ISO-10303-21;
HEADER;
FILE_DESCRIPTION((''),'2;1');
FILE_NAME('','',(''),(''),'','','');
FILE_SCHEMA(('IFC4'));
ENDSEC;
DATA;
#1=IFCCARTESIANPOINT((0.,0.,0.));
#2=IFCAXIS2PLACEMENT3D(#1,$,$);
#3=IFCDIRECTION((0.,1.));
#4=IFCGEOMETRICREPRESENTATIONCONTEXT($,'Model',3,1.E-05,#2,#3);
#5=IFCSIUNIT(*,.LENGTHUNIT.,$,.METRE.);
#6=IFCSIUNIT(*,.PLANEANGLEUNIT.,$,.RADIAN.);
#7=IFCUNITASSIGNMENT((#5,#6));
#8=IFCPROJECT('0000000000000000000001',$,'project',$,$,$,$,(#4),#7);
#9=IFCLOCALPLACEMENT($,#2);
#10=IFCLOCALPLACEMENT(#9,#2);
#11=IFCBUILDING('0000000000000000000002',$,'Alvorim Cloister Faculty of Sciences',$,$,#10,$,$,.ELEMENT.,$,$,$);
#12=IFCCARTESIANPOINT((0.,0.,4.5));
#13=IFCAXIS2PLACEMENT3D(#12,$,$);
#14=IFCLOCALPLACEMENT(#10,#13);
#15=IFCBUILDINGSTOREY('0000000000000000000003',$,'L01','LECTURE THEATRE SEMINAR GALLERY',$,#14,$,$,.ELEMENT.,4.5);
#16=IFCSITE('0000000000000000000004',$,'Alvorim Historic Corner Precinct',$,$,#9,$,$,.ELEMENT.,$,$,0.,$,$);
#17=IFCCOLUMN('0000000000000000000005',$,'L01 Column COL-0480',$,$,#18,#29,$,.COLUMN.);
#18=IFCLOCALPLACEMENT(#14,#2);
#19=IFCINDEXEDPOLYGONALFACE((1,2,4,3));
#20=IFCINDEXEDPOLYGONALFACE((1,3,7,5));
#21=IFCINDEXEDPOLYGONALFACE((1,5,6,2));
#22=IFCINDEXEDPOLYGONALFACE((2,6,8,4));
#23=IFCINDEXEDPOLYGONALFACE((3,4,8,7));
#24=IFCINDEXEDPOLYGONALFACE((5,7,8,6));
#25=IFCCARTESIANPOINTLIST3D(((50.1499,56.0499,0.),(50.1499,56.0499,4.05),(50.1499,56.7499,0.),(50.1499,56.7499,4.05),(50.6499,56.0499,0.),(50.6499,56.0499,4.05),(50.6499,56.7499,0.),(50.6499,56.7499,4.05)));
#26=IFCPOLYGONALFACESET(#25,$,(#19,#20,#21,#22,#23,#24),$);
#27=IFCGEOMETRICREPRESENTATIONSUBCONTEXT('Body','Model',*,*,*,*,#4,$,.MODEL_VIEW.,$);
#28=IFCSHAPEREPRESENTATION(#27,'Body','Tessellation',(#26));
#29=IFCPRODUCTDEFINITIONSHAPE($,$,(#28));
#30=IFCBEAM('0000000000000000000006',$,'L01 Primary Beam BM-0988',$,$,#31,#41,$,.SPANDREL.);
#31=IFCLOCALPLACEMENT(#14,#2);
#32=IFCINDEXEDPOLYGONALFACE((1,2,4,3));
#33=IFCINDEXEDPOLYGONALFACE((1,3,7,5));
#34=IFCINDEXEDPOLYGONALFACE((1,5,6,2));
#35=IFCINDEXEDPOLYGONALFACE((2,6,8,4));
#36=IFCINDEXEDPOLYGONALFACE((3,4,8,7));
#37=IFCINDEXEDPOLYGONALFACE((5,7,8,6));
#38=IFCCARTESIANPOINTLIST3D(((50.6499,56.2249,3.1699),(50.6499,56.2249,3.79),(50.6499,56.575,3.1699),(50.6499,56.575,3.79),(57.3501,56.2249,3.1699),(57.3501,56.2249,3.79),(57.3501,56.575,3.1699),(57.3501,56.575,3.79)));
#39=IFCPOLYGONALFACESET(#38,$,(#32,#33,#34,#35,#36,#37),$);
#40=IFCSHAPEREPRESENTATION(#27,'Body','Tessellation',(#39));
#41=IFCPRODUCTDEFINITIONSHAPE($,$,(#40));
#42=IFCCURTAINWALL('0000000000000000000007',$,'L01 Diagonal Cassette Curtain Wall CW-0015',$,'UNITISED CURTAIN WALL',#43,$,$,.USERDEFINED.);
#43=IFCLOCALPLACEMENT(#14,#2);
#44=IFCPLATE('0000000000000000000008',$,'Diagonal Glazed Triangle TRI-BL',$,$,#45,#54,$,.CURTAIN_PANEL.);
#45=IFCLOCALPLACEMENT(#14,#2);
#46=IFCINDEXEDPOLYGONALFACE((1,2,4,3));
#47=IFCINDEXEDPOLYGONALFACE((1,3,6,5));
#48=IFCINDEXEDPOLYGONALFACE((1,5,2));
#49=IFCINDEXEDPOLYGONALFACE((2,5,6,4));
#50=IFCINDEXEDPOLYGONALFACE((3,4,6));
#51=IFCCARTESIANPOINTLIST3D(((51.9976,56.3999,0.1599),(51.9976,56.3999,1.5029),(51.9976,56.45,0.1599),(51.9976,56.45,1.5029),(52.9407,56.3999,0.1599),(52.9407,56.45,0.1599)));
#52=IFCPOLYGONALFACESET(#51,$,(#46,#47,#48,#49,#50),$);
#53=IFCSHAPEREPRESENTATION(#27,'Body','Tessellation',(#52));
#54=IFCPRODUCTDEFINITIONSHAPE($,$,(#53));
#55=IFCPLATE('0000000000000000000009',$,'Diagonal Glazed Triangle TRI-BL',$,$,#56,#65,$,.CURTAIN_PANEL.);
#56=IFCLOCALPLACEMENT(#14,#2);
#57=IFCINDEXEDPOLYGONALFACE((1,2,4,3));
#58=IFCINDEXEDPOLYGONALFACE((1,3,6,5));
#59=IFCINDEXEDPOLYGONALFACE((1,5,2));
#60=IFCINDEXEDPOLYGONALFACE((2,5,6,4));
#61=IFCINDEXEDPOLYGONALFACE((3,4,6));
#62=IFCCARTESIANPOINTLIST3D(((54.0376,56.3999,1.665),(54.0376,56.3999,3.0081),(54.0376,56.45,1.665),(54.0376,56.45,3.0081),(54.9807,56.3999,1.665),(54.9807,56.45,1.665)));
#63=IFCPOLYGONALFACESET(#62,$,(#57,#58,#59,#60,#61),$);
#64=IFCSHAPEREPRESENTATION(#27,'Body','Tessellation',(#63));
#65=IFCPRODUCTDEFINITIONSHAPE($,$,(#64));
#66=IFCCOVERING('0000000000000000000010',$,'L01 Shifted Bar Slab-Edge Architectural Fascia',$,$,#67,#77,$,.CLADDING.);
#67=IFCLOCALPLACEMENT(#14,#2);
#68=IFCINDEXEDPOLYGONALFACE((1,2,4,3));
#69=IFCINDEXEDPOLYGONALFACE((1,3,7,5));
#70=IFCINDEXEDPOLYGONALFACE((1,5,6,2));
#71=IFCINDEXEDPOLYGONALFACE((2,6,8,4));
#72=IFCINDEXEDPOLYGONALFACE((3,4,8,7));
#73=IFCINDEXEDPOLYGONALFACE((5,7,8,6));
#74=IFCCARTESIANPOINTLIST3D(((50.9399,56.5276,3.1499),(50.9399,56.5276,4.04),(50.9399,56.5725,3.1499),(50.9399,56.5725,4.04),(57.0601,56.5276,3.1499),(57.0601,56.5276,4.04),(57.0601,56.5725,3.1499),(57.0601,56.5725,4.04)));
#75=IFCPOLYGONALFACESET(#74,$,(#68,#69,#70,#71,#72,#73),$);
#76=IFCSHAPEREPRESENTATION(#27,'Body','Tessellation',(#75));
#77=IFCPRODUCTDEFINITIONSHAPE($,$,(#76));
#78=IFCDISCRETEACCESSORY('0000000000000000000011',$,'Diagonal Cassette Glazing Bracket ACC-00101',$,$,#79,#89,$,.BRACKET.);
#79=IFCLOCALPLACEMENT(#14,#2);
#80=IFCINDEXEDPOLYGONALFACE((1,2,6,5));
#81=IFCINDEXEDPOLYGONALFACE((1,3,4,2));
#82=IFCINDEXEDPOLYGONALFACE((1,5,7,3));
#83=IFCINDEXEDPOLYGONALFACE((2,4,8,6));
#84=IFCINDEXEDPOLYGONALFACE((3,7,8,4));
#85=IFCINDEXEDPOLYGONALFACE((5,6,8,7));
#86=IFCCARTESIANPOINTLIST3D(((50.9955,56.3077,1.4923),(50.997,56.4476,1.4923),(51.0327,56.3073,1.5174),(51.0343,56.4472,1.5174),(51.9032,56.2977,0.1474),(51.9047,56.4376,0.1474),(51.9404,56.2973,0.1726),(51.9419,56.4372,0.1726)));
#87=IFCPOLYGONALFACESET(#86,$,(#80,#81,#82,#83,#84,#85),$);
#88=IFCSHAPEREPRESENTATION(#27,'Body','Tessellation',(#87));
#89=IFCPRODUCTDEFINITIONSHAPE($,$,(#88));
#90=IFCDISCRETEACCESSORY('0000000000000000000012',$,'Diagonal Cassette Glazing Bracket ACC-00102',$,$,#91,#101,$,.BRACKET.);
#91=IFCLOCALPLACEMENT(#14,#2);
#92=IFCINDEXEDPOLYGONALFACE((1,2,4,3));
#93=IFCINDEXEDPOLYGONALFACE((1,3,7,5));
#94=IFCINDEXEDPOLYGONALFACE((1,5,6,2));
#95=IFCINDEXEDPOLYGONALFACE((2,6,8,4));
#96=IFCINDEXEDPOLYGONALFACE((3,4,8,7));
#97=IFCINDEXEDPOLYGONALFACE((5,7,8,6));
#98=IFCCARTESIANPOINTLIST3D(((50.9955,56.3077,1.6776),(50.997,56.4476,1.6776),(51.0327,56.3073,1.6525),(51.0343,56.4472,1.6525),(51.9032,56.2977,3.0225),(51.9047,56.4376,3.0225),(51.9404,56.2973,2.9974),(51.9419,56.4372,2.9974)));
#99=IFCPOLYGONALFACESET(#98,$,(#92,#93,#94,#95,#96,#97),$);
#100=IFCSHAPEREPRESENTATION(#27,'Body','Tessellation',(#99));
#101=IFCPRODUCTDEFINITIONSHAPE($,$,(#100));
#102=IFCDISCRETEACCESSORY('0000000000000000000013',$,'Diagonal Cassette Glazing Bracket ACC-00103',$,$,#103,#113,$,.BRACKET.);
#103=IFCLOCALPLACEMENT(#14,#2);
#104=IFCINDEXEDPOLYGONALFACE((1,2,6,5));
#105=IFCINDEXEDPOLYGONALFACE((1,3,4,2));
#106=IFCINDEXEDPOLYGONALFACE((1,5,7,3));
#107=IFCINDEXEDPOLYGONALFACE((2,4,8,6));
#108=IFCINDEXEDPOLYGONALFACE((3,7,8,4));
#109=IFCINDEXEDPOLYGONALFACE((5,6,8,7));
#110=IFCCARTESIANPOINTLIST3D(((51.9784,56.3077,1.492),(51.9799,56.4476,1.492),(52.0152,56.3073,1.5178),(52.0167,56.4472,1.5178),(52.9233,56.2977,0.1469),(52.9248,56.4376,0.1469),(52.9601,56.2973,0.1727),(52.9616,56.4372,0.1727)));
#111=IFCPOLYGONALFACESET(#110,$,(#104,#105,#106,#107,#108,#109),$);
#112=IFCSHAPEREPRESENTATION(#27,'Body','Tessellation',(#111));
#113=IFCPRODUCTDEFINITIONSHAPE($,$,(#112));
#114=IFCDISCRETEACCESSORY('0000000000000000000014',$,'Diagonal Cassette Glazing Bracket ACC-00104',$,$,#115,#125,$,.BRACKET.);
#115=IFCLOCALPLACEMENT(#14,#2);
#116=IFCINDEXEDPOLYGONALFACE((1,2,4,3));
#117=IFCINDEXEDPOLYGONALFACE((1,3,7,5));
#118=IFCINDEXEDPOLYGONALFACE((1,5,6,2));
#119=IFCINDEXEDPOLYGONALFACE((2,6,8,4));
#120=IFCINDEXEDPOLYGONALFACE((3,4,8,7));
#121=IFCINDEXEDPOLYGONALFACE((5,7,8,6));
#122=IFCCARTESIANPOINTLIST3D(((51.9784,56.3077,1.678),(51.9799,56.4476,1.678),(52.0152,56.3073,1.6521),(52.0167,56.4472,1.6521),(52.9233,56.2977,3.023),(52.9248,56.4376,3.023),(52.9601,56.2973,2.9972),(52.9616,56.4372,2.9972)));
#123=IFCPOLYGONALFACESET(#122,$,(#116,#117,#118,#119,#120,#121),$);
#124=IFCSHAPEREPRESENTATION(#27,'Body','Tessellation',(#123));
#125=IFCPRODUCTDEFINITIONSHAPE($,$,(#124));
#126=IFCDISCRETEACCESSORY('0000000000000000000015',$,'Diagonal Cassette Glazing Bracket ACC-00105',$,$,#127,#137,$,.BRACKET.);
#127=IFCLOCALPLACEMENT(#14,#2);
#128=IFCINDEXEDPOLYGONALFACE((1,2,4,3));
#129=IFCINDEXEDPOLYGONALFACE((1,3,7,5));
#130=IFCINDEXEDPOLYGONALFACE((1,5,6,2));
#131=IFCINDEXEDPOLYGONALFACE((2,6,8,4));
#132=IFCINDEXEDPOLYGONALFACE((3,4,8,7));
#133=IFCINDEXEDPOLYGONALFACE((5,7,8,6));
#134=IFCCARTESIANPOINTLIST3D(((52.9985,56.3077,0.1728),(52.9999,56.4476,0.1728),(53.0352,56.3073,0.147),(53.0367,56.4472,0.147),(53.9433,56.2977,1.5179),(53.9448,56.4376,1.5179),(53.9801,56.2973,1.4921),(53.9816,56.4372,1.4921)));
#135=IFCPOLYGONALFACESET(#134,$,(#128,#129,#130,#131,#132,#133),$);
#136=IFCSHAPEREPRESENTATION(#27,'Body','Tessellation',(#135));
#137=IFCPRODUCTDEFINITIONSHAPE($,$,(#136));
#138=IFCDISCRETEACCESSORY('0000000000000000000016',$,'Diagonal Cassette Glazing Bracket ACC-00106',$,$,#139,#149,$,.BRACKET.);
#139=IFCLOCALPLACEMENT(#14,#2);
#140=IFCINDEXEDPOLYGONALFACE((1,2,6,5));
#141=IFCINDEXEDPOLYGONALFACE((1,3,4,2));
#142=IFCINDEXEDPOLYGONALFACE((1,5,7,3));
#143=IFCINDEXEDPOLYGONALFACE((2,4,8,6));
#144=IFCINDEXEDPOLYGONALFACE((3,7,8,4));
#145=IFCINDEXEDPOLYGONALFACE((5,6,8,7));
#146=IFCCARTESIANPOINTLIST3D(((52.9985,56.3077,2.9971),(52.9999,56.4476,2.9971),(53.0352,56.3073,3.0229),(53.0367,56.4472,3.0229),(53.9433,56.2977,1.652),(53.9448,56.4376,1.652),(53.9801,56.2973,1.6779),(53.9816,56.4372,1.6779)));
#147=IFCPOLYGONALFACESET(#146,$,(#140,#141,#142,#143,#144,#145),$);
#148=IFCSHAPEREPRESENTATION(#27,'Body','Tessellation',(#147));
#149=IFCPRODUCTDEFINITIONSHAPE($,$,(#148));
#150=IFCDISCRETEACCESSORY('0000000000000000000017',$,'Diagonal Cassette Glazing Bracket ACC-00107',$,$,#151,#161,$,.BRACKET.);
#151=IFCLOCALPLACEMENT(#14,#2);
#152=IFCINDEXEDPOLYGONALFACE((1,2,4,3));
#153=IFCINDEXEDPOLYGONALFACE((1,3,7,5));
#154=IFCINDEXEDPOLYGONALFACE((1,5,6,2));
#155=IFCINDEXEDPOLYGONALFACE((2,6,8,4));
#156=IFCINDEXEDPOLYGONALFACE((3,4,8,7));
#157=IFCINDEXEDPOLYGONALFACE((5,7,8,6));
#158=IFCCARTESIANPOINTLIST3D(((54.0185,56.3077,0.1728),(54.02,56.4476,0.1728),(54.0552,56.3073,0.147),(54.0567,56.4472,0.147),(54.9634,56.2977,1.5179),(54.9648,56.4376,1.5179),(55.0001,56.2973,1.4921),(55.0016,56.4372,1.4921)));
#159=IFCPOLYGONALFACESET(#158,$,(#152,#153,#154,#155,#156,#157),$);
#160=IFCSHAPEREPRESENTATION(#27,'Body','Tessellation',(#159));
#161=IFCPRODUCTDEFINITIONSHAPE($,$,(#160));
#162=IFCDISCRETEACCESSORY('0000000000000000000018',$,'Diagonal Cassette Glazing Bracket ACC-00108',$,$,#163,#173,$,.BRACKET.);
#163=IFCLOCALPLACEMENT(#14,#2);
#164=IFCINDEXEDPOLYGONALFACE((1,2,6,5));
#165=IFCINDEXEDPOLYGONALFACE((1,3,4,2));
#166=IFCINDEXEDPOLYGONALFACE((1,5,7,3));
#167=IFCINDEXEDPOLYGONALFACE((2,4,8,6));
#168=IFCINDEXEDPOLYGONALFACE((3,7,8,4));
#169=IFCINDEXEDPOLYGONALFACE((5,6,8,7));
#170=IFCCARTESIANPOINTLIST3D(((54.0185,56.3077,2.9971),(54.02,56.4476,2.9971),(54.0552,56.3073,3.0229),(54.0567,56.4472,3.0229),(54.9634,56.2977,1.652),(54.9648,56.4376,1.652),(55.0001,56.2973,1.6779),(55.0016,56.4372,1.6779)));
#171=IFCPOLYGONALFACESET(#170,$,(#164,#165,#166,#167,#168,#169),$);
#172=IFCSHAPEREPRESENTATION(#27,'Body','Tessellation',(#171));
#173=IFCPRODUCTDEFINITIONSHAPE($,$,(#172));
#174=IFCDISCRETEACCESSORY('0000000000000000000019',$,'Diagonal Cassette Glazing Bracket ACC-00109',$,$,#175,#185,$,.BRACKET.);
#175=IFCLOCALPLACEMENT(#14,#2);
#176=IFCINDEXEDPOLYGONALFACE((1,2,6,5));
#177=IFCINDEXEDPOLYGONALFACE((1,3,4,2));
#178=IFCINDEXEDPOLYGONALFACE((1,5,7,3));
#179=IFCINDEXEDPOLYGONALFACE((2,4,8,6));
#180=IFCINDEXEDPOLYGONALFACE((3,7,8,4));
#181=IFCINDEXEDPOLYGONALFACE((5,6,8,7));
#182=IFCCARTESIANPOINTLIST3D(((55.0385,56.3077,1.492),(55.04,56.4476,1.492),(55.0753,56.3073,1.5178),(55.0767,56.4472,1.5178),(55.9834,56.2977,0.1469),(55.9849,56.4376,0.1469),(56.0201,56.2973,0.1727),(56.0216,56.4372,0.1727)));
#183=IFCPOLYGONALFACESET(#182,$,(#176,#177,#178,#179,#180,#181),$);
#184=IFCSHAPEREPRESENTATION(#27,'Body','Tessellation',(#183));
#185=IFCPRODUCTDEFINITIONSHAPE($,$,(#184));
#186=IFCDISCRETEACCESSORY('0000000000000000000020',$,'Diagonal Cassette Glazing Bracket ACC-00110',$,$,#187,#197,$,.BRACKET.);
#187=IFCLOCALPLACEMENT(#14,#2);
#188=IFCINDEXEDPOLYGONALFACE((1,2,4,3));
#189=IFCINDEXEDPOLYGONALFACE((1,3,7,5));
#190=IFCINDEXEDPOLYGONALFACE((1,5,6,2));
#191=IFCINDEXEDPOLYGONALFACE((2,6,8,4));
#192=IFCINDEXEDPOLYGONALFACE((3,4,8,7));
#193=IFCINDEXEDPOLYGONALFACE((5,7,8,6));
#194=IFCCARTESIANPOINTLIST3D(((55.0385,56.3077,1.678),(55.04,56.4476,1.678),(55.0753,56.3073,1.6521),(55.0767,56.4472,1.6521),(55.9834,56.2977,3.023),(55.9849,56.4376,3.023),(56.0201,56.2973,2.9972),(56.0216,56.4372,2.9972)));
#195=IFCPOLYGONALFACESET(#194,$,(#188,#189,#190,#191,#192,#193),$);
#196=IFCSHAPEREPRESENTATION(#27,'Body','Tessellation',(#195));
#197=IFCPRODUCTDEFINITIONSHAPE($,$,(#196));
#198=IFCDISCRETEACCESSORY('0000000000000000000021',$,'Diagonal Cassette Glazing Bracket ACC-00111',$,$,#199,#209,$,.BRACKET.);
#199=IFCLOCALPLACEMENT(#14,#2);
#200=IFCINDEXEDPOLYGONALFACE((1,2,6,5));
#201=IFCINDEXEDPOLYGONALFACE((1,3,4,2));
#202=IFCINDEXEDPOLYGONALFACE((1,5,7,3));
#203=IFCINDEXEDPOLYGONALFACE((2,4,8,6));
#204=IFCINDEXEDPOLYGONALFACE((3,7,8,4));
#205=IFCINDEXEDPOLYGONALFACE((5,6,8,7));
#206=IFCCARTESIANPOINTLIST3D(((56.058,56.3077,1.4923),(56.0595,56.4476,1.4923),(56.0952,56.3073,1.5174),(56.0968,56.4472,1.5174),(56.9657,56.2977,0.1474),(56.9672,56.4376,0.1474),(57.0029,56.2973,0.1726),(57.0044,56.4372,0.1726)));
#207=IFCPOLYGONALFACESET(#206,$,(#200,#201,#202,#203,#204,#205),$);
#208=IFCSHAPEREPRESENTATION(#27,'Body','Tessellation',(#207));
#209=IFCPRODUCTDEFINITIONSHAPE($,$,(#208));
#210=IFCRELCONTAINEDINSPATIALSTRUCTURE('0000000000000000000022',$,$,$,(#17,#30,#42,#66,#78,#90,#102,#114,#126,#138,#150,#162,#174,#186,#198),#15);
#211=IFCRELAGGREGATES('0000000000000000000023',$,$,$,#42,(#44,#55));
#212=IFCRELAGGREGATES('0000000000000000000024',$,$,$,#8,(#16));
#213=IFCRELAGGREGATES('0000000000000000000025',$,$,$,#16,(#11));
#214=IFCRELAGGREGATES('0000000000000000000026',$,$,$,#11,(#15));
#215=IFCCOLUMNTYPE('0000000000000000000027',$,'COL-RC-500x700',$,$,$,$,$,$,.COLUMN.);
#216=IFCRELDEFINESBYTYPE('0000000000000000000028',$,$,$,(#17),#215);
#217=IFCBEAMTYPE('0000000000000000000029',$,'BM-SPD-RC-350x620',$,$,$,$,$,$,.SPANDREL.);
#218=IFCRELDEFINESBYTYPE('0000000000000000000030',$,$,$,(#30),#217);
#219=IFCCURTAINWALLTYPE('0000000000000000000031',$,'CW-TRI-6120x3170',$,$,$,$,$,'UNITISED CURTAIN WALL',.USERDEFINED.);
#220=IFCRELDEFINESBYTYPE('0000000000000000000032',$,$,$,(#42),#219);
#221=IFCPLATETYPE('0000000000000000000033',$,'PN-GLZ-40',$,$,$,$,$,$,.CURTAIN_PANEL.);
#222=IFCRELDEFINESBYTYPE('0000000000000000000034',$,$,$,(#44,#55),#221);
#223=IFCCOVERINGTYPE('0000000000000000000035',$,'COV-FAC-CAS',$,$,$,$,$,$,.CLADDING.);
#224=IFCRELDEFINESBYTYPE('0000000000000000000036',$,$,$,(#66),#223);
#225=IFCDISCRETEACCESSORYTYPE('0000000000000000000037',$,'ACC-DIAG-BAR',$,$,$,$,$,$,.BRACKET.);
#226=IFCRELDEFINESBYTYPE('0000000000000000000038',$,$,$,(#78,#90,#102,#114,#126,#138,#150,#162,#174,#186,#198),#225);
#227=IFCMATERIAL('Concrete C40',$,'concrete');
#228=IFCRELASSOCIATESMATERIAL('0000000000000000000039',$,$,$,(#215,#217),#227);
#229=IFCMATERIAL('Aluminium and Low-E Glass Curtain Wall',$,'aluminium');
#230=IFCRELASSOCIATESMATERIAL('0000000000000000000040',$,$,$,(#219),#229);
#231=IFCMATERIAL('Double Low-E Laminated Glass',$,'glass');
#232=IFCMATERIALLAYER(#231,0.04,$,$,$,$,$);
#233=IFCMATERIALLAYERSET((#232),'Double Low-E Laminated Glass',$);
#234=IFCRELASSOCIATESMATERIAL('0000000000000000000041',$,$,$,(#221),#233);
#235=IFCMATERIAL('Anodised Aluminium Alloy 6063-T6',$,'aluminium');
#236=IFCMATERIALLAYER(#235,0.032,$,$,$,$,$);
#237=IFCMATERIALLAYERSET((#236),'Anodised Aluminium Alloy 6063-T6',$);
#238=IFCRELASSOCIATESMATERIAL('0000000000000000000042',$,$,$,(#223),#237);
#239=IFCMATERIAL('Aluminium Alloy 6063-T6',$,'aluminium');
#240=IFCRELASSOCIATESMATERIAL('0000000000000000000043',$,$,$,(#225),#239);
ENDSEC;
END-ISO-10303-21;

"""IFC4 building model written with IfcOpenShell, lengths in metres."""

from ifc_helpers import new_model, si_unit, direction, frame, origin, origin_2d, place, context, subcontext, project, spatial, polyline, rectangle, outline, extrude, material, layer, layer_set, material_profile, profile_set, type_object, element, aggregate, save


model = new_model("IFC4")

# Units and contexts
model_context = context("Model", 3, precision=1e-05, world=origin(), true_north=direction((0.0, 1.0)))
body_context = subcontext(model_context, "Body", "Model", "MODEL_VIEW")
ifc_project = project(units=[si_unit("LENGTHUNIT", "METRE"), si_unit("PLANEANGLEUNIT", "RADIAN")], contexts=[model_context])

# Site, building, storey
site_placement = place(None, origin())
site = spatial("IfcSite", under=ifc_project, at=site_placement, Name="Alvorim Historic Corner Precinct", CompositionType="ELEMENT", RefElevation=0.0)
building_placement = place(site_placement, origin())
building = spatial("IfcBuilding", under=site, at=building_placement, Name="Alvorim Cloister Faculty of Sciences", CompositionType="ELEMENT")
storey_placement = place(building_placement, frame((0.0, 0.0, 4.5)))
storey = spatial("IfcBuildingStorey", under=building, at=storey_placement, Name="L01", Description="LECTURE THEATRE SEMINAR GALLERY", CompositionType="ELEMENT", Elevation=4.5)

# Column
ifc_material_1 = material(Name="Concrete C40", Category="concrete")
ifc_material_profile_1 = material_profile(ifc_material_1, rectangle(XDim=0.5, YDim=0.7, at=origin_2d()), Name="RC40-COL-500x700")
ifc_profile_set_1 = profile_set([ifc_material_profile_1], Name="Concrete C40")
column_type = type_object("IfcColumnType", Name="COL-RC-500x700", PredefinedType="COLUMN", material=ifc_profile_set_1)
column_placement = place(storey_placement, frame((50.3999, 56.3999, 0.0), z_axis=(0.0, 0.0, 1.0), x_axis=(1.0, 0.0, 0.0)))
element("IfcColumn", 1, at=column_placement, inside=storey, type_object=column_type, Name="L01 Column COL-0480", PredefinedType="COLUMN", context=body_context, shape_type="SweptSolid", body=[
    extrude(rectangle(XDim=0.5, YDim=0.7, at=origin_2d()), origin(), (0.0, 0.0, 1.0), 4.05),
])

# Beam
ifc_material_profile_2 = material_profile(ifc_material_1, rectangle(XDim=0.3501, YDim=0.6201, at=origin_2d()), Name="RC40-SPD-350x620")
ifc_profile_set_2 = profile_set([ifc_material_profile_2], Name="Concrete C40")
beam_type = type_object("IfcBeamType", Name="BM-SPD-RC-350x620", PredefinedType="SPANDREL", material=ifc_profile_set_2)
beam_placement = place(storey_placement, frame((50.6499, 56.3999, 3.48), z_axis=(1.0, 0.0, 0.0), x_axis=(0.0, 1.0, 0.0)))
element("IfcBeam", 2, at=beam_placement, inside=storey, type_object=beam_type, Name="L01 Primary Beam BM-0988", PredefinedType="SPANDREL", context=body_context, shape_type="SweptSolid", body=[
    extrude(rectangle(XDim=0.3501, YDim=0.6201, at=origin_2d()), origin(), (0.0, 0.0, 1.0), 6.7002),
])

# Curtain wall, plates
ifc_material_2 = material(Name="Aluminium and Low-E Glass Curtain Wall", Category="aluminium")
curtain_wall_type = type_object("IfcCurtainWallType", Name="CW-TRI-6120x3170", ElementType="UNITISED CURTAIN WALL", PredefinedType="USERDEFINED", material=ifc_material_2)
curtain_wall_placement = place(storey_placement, origin())
curtain_wall = element("IfcCurtainWall", 3, at=curtain_wall_placement, inside=storey, type_object=curtain_wall_type, Name="L01 Diagonal Cassette Curtain Wall CW-0015", ObjectType="UNITISED CURTAIN WALL", PredefinedType="USERDEFINED")
ifc_material_3 = material(Name="Double Low-E Laminated Glass", Category="glass")
ifc_layer_1 = layer(ifc_material_3, 0.04)
ifc_layer_set_1 = layer_set([ifc_layer_1], Name="Double Low-E Laminated Glass")
plate_type = type_object("IfcPlateType", Name="PN-GLZ-40", PredefinedType="CURTAIN_PANEL", material=ifc_layer_set_1)
plate_1_placement = place(storey_placement, frame((51.9976, 56.425, 0.1599), z_axis=(0.0, 0.0, 1.0), x_axis=(1.0, 0.0, 0.0)))
plate_1 = element("IfcPlate", 4, at=plate_1_placement, type_object=plate_type, Name="Diagonal Glazed Triangle TRI-BL", PredefinedType="CURTAIN_PANEL", context=body_context, shape_type="SweptSolid", body=[
    extrude(outline(polyline([(0.0, 0.0), (0.9431, 0.0), (0.0, 1.343), (0.0, 0.0)])), frame((0.0, 0.0249, 0.0), z_axis=(0.0, -1.0, 0.0), x_axis=(1.0, 0.0, 0.0)), (0.0, 0.0, 1.0), 0.05),
])
plate_2_placement = place(storey_placement, frame((54.0376, 56.425, 1.665), z_axis=(0.0, 0.0, 1.0), x_axis=(1.0, 0.0, 0.0)))
plate_2 = element("IfcPlate", 5, at=plate_2_placement, type_object=plate_type, Name="Diagonal Glazed Triangle TRI-BL", PredefinedType="CURTAIN_PANEL", context=body_context, shape_type="SweptSolid", body=[
    extrude(outline(polyline([(0.0, 0.0), (0.9431, 0.0), (0.0, 1.343), (0.0, 0.0)])), frame((0.0, 0.0249, 0.0), z_axis=(0.0, -1.0, 0.0), x_axis=(1.0, 0.0, 0.0)), (0.0, 0.0, 1.0), 0.05),
])
aggregate(curtain_wall, [plate_1, plate_2])

# Covering
ifc_material_4 = material(Name="Anodised Aluminium Alloy 6063-T6", Category="aluminium")
ifc_layer_2 = layer(ifc_material_4, 0.032)
ifc_layer_set_2 = layer_set([ifc_layer_2], Name="Anodised Aluminium Alloy 6063-T6")
covering_type = type_object("IfcCoveringType", Name="COV-FAC-CAS", PredefinedType="CLADDING", material=ifc_layer_set_2)
covering_placement = place(storey_placement, frame((50.9399, 56.55, 3.1499), z_axis=(0.0, 0.0, 1.0), x_axis=(1.0, 0.0, 0.0)))
element("IfcCovering", 6, at=covering_placement, inside=storey, type_object=covering_type, Name="L01 Shifted Bar Slab-Edge Architectural Fascia", PredefinedType="CLADDING", context=body_context, shape_type="SweptSolid", body=[
    extrude(outline(polyline([(0.0, 0.0), (6.1201, 0.0), (6.1201, 0.8901), (0.0, 0.8901), (0.0, 0.0)])), frame((0.0, 0.0225, 0.0), z_axis=(0.0, -1.0, 0.0), x_axis=(1.0, 0.0, 0.0)), (0.0, 0.0, 1.0), 0.0449),
])

# Discrete accessories
ifc_material_5 = material(Name="Aluminium Alloy 6063-T6", Category="aluminium")
discrete_accessory_type = type_object("IfcDiscreteAccessoryType", Name="ACC-DIAG-BAR", PredefinedType="BRACKET", material=ifc_material_5)
for number, where, z_axis, x_axis, name in (
    (7, (51.0149, 56.3774, 1.5049), (0.559403, -0.006169, -0.828873), (0.011027, 0.999939, 0.0), "Diagonal Cassette Glazing Bracket ACC-00101"),
    (8, (51.0149, 56.3774, 1.665), (0.559403, -0.006169, 0.828873), (0.011027, 0.999939, 0.0), "Diagonal Cassette Glazing Bracket ACC-00102"),
):
    element("IfcDiscreteAccessory", number, at=place(storey_placement, frame(where, z_axis=z_axis, x_axis=x_axis)), inside=storey, type_object=discrete_accessory_type, Name=name, PredefinedType="BRACKET", context=body_context, shape_type="SweptSolid", body=[
        extrude(rectangle(XDim=0.1399, YDim=0.0449, at=origin_2d()), origin(), (0.0, 0.0, 1.0), 1.6226),
    ])
for number, where, z_axis, x_axis, name in (
    (9, (51.9976, 56.3774, 1.5049), (0.574817, -0.00609, -0.81826), (0.010594, 0.999944, 0.0), "Diagonal Cassette Glazing Bracket ACC-00103"),
    (10, (51.9976, 56.3774, 1.665), (0.574817, -0.00609, 0.81826), (0.010594, 0.999944, 0.0), "Diagonal Cassette Glazing Bracket ACC-00104"),
    (11, (53.0176, 56.3774, 0.1599), (0.574817, -0.00609, 0.81826), (0.010594, 0.999944, 0.0), "Diagonal Cassette Glazing Bracket ACC-00105"),
    (12, (53.0176, 56.3774, 3.01), (0.574817, -0.00609, -0.81826), (0.010594, 0.999944, 0.0), "Diagonal Cassette Glazing Bracket ACC-00106"),
    (13, (54.0376, 56.3774, 0.1599), (0.574817, -0.00609, 0.81826), (0.010594, 0.999944, 0.0), "Diagonal Cassette Glazing Bracket ACC-00107"),
    (14, (54.0376, 56.3774, 3.01), (0.574817, -0.00609, -0.81826), (0.010594, 0.999944, 0.0), "Diagonal Cassette Glazing Bracket ACC-00108"),
    (15, (55.0576, 56.3774, 1.5049), (0.574817, -0.00609, -0.81826), (0.010594, 0.999944, 0.0), "Diagonal Cassette Glazing Bracket ACC-00109"),
    (16, (55.0576, 56.3774, 1.665), (0.574817, -0.00609, 0.81826), (0.010594, 0.999944, 0.0), "Diagonal Cassette Glazing Bracket ACC-00110"),
):
    element("IfcDiscreteAccessory", number, at=place(storey_placement, frame(where, z_axis=z_axis, x_axis=x_axis)), inside=storey, type_object=discrete_accessory_type, Name=name, PredefinedType="BRACKET", context=body_context, shape_type="SweptSolid", body=[
        extrude(rectangle(XDim=0.1399, YDim=0.0449, at=origin_2d()), origin(), (0.0, 0.0, 1.0), 1.6438),
    ])
discrete_accessory_placement = place(storey_placement, frame((56.0774, 56.3774, 1.5049), z_axis=(0.559403, -0.006169, -0.828873), x_axis=(0.011027, 0.999939, 0.0)))
element("IfcDiscreteAccessory", 17, at=discrete_accessory_placement, inside=storey, type_object=discrete_accessory_type, Name="Diagonal Cassette Glazing Bracket ACC-00111", PredefinedType="BRACKET", context=body_context, shape_type="SweptSolid", body=[
    extrude(rectangle(XDim=0.1399, YDim=0.0449, at=origin_2d()), origin(), (0.0, 0.0, 1.0), 1.6226),
])

save(model, "model.ifc")
